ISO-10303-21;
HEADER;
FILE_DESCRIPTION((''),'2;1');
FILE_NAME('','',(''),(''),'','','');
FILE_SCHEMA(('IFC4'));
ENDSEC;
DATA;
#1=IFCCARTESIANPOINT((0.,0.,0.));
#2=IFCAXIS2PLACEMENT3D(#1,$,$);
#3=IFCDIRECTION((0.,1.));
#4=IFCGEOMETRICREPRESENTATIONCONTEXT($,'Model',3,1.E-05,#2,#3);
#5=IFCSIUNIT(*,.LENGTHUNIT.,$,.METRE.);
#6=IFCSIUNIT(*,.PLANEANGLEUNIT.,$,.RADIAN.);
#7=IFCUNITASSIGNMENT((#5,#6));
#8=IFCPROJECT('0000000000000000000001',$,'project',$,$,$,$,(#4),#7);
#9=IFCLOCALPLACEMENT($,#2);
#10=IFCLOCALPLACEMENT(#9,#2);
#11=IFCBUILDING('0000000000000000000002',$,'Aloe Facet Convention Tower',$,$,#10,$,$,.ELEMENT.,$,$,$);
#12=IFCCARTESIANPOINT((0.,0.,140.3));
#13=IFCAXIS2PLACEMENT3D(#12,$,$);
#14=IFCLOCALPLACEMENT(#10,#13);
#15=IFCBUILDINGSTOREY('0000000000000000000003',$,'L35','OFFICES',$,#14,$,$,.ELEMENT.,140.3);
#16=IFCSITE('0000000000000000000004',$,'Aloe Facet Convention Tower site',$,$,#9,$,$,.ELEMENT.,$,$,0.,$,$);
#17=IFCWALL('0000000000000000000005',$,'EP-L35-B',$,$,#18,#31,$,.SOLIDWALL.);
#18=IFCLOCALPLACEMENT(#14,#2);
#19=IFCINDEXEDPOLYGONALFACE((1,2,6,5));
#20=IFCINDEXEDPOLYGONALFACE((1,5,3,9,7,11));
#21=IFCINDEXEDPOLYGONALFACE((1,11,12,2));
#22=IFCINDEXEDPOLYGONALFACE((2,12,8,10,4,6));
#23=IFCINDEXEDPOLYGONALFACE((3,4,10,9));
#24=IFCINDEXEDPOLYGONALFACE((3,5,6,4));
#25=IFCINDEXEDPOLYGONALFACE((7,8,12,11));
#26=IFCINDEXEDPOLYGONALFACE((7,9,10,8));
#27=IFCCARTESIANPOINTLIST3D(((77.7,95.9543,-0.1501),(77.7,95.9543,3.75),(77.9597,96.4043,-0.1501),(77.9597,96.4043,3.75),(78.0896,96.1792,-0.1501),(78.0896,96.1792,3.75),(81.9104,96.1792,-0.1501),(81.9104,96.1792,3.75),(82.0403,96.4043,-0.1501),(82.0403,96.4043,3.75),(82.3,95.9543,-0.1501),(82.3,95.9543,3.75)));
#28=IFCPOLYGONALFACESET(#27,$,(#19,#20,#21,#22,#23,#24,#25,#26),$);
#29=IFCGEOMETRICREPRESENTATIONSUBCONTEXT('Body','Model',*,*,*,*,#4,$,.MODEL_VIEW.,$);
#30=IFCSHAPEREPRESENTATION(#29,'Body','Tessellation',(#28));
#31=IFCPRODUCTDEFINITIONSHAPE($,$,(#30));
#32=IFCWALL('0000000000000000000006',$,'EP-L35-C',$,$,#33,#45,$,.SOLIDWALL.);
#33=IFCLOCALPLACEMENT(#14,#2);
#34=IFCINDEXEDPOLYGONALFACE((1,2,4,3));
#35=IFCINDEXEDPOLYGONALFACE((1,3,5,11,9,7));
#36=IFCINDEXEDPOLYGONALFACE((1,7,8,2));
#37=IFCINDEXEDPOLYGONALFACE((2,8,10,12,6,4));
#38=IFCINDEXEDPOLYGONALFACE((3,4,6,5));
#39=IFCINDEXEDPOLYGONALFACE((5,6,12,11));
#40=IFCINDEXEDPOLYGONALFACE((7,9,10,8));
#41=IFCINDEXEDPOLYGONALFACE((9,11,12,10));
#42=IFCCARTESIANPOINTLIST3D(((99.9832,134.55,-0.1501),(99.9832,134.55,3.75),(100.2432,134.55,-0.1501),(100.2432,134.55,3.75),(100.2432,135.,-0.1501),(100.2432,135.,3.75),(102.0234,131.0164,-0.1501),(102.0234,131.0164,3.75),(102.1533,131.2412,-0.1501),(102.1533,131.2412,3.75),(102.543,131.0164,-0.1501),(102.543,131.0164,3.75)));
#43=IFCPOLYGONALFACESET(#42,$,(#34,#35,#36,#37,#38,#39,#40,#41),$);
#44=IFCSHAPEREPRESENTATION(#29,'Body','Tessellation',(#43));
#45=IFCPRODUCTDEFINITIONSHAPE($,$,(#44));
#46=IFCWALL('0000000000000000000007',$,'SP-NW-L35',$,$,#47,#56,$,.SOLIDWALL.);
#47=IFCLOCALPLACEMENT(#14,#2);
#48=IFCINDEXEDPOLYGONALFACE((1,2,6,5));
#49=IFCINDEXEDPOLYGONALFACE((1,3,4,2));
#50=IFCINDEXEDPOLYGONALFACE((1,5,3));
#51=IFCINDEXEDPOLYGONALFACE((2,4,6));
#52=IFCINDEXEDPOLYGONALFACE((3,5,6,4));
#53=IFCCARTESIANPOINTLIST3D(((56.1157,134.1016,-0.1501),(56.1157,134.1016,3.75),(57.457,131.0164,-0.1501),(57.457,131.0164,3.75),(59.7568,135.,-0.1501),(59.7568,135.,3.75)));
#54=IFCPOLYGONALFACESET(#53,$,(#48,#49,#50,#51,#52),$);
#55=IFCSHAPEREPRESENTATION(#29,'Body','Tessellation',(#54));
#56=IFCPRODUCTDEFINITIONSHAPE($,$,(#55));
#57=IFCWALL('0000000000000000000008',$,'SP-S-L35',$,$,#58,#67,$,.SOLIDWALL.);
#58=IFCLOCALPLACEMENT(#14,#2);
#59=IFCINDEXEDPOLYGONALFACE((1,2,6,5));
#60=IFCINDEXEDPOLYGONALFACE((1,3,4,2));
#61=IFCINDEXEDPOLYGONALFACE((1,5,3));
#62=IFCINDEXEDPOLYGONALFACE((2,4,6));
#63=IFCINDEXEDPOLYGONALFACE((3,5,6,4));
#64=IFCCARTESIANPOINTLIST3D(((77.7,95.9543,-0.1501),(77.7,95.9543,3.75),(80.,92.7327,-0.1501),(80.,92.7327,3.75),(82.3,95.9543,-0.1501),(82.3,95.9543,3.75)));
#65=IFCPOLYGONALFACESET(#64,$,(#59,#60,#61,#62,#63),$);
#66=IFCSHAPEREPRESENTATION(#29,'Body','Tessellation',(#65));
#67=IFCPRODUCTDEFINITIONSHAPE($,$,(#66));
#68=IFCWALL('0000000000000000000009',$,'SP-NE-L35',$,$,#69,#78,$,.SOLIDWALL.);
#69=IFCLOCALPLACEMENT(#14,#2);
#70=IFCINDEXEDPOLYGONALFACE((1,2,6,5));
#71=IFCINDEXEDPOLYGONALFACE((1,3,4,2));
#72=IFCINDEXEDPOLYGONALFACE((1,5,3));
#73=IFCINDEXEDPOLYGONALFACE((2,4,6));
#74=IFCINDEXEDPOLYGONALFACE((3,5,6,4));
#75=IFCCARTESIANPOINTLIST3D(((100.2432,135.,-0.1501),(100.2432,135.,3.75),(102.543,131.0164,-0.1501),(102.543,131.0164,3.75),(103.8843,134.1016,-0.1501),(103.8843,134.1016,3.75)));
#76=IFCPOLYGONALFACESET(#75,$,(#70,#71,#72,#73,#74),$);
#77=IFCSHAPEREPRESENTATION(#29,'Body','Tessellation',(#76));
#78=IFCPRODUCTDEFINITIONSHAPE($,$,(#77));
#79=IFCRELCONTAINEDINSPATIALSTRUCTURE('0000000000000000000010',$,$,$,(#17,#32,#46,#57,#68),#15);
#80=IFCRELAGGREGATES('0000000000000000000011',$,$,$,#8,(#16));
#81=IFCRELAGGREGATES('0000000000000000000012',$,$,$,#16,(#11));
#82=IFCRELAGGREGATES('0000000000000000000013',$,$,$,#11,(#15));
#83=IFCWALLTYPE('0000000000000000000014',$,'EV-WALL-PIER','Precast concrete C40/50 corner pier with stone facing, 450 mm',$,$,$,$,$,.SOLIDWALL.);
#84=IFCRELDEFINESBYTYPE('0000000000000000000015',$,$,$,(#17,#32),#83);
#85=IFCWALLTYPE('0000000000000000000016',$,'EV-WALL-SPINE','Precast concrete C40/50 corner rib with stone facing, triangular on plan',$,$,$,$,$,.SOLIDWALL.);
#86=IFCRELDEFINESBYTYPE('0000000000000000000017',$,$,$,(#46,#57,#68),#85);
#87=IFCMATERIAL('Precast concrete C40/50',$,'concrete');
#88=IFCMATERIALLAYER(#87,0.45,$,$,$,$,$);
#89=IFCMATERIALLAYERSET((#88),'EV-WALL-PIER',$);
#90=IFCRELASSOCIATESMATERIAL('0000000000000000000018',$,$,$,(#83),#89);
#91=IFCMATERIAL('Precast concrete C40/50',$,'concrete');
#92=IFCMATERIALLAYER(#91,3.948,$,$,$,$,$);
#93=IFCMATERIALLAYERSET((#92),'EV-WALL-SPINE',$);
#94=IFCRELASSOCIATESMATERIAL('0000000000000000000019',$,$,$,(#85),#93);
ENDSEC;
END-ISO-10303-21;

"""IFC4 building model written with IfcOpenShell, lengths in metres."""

from ifc_helpers import new_model, si_unit, direction, frame, origin, place, context, subcontext, project, spatial, polyline, outline, extrude, material, layer, layer_set, type_object, element, save


model = new_model("IFC4")

# Units and contexts
model_context = context("Model", 3, precision=1e-05, world=origin(), true_north=direction((0.0, 1.0)))
body_context = subcontext(model_context, "Body", "Model", "MODEL_VIEW")
ifc_project = project(units=[si_unit("LENGTHUNIT", "METRE"), si_unit("PLANEANGLEUNIT", "RADIAN")], contexts=[model_context])

# Site, building, storey
site_placement = place(None, origin())
site = spatial("IfcSite", under=ifc_project, at=site_placement, Name="Aloe Facet Convention Tower site", CompositionType="ELEMENT", RefElevation=0.0)
building_placement = place(site_placement, origin())
building = spatial("IfcBuilding", under=site, at=building_placement, Name="Aloe Facet Convention Tower", CompositionType="ELEMENT")
storey_placement = place(building_placement, frame((0.0, 0.0, 140.3)))
storey = spatial("IfcBuildingStorey", under=building, at=storey_placement, Name="L35", Description="OFFICES", CompositionType="ELEMENT", Elevation=140.3)

# Walls
ifc_material_1 = material(Name="Precast concrete C40/50", Category="concrete")
ifc_layer_1 = layer(ifc_material_1, 0.45)
ifc_layer_set_1 = layer_set([ifc_layer_1], Name="EV-WALL-PIER")
wall_type_1 = type_object("IfcWallType", Name="EV-WALL-PIER", Description="Precast concrete C40/50 corner pier with stone facing, 450 mm", PredefinedType="SOLIDWALL", material=ifc_layer_set_1)
wall_1_placement = place(storey_placement, frame((0.0, 0.0, -0.1501)))
element("IfcWall", 1, at=wall_1_placement, inside=storey, type_object=wall_type_1, Name="EP-L35-B", PredefinedType="SOLIDWALL", context=body_context, shape_type="SweptSolid", body=[
    extrude(outline(polyline([(77.7, 95.9543), (78.0896, 96.1792), (77.9597, 96.4043), (82.0403, 96.4043), (81.9104, 96.1792), (82.3, 95.9543), (77.7, 95.9543)])), origin(), (0.0, 0.0, 1.0), 3.9001),
])
wall_2_placement = place(storey_placement, frame((0.0, 0.0, -0.1501)))
element("IfcWall", 2, at=wall_2_placement, inside=storey, type_object=wall_type_1, Name="EP-L35-C", PredefinedType="SOLIDWALL", context=body_context, shape_type="SweptSolid", body=[
    extrude(outline(polyline([(102.543, 131.0164), (102.1533, 131.2412), (102.0234, 131.0164), (99.9832, 134.55), (100.2432, 134.55), (100.2432, 135.0), (102.543, 131.0164)])), origin(), (0.0, 0.0, 1.0), 3.9001),
])
ifc_material_2 = material(Name="Precast concrete C40/50", Category="concrete")
ifc_layer_2 = layer(ifc_material_2, 3.948)
ifc_layer_set_2 = layer_set([ifc_layer_2], Name="EV-WALL-SPINE")
wall_type_2 = type_object("IfcWallType", Name="EV-WALL-SPINE", Description="Precast concrete C40/50 corner rib with stone facing, triangular on plan", PredefinedType="SOLIDWALL", material=ifc_layer_set_2)
wall_3_placement = place(storey_placement, frame((0.0, 0.0, -0.1501)))
element("IfcWall", 3, at=wall_3_placement, inside=storey, type_object=wall_type_2, Name="SP-NW-L35", PredefinedType="SOLIDWALL", context=body_context, shape_type="SweptSolid", body=[
    extrude(outline(polyline([(59.7568, 135.0), (56.1157, 134.1016), (57.457, 131.0164), (59.7568, 135.0)])), origin(), (0.0, 0.0, 1.0), 3.9001),
])
wall_4_placement = place(storey_placement, frame((0.0, 0.0, -0.1501)))
element("IfcWall", 4, at=wall_4_placement, inside=storey, type_object=wall_type_2, Name="SP-S-L35", PredefinedType="SOLIDWALL", context=body_context, shape_type="SweptSolid", body=[
    extrude(outline(polyline([(77.7, 95.9543), (80.0, 92.7327), (82.3, 95.9543), (77.7, 95.9543)])), origin(), (0.0, 0.0, 1.0), 3.9001),
])
wall_5_placement = place(storey_placement, frame((0.0, 0.0, -0.1501)))
element("IfcWall", 5, at=wall_5_placement, inside=storey, type_object=wall_type_2, Name="SP-NE-L35", PredefinedType="SOLIDWALL", context=body_context, shape_type="SweptSolid", body=[
    extrude(outline(polyline([(102.543, 131.0164), (103.8843, 134.1016), (100.2432, 135.0), (102.543, 131.0164)])), origin(), (0.0, 0.0, 1.0), 3.9001),
])

save(model, "model.ifc")
